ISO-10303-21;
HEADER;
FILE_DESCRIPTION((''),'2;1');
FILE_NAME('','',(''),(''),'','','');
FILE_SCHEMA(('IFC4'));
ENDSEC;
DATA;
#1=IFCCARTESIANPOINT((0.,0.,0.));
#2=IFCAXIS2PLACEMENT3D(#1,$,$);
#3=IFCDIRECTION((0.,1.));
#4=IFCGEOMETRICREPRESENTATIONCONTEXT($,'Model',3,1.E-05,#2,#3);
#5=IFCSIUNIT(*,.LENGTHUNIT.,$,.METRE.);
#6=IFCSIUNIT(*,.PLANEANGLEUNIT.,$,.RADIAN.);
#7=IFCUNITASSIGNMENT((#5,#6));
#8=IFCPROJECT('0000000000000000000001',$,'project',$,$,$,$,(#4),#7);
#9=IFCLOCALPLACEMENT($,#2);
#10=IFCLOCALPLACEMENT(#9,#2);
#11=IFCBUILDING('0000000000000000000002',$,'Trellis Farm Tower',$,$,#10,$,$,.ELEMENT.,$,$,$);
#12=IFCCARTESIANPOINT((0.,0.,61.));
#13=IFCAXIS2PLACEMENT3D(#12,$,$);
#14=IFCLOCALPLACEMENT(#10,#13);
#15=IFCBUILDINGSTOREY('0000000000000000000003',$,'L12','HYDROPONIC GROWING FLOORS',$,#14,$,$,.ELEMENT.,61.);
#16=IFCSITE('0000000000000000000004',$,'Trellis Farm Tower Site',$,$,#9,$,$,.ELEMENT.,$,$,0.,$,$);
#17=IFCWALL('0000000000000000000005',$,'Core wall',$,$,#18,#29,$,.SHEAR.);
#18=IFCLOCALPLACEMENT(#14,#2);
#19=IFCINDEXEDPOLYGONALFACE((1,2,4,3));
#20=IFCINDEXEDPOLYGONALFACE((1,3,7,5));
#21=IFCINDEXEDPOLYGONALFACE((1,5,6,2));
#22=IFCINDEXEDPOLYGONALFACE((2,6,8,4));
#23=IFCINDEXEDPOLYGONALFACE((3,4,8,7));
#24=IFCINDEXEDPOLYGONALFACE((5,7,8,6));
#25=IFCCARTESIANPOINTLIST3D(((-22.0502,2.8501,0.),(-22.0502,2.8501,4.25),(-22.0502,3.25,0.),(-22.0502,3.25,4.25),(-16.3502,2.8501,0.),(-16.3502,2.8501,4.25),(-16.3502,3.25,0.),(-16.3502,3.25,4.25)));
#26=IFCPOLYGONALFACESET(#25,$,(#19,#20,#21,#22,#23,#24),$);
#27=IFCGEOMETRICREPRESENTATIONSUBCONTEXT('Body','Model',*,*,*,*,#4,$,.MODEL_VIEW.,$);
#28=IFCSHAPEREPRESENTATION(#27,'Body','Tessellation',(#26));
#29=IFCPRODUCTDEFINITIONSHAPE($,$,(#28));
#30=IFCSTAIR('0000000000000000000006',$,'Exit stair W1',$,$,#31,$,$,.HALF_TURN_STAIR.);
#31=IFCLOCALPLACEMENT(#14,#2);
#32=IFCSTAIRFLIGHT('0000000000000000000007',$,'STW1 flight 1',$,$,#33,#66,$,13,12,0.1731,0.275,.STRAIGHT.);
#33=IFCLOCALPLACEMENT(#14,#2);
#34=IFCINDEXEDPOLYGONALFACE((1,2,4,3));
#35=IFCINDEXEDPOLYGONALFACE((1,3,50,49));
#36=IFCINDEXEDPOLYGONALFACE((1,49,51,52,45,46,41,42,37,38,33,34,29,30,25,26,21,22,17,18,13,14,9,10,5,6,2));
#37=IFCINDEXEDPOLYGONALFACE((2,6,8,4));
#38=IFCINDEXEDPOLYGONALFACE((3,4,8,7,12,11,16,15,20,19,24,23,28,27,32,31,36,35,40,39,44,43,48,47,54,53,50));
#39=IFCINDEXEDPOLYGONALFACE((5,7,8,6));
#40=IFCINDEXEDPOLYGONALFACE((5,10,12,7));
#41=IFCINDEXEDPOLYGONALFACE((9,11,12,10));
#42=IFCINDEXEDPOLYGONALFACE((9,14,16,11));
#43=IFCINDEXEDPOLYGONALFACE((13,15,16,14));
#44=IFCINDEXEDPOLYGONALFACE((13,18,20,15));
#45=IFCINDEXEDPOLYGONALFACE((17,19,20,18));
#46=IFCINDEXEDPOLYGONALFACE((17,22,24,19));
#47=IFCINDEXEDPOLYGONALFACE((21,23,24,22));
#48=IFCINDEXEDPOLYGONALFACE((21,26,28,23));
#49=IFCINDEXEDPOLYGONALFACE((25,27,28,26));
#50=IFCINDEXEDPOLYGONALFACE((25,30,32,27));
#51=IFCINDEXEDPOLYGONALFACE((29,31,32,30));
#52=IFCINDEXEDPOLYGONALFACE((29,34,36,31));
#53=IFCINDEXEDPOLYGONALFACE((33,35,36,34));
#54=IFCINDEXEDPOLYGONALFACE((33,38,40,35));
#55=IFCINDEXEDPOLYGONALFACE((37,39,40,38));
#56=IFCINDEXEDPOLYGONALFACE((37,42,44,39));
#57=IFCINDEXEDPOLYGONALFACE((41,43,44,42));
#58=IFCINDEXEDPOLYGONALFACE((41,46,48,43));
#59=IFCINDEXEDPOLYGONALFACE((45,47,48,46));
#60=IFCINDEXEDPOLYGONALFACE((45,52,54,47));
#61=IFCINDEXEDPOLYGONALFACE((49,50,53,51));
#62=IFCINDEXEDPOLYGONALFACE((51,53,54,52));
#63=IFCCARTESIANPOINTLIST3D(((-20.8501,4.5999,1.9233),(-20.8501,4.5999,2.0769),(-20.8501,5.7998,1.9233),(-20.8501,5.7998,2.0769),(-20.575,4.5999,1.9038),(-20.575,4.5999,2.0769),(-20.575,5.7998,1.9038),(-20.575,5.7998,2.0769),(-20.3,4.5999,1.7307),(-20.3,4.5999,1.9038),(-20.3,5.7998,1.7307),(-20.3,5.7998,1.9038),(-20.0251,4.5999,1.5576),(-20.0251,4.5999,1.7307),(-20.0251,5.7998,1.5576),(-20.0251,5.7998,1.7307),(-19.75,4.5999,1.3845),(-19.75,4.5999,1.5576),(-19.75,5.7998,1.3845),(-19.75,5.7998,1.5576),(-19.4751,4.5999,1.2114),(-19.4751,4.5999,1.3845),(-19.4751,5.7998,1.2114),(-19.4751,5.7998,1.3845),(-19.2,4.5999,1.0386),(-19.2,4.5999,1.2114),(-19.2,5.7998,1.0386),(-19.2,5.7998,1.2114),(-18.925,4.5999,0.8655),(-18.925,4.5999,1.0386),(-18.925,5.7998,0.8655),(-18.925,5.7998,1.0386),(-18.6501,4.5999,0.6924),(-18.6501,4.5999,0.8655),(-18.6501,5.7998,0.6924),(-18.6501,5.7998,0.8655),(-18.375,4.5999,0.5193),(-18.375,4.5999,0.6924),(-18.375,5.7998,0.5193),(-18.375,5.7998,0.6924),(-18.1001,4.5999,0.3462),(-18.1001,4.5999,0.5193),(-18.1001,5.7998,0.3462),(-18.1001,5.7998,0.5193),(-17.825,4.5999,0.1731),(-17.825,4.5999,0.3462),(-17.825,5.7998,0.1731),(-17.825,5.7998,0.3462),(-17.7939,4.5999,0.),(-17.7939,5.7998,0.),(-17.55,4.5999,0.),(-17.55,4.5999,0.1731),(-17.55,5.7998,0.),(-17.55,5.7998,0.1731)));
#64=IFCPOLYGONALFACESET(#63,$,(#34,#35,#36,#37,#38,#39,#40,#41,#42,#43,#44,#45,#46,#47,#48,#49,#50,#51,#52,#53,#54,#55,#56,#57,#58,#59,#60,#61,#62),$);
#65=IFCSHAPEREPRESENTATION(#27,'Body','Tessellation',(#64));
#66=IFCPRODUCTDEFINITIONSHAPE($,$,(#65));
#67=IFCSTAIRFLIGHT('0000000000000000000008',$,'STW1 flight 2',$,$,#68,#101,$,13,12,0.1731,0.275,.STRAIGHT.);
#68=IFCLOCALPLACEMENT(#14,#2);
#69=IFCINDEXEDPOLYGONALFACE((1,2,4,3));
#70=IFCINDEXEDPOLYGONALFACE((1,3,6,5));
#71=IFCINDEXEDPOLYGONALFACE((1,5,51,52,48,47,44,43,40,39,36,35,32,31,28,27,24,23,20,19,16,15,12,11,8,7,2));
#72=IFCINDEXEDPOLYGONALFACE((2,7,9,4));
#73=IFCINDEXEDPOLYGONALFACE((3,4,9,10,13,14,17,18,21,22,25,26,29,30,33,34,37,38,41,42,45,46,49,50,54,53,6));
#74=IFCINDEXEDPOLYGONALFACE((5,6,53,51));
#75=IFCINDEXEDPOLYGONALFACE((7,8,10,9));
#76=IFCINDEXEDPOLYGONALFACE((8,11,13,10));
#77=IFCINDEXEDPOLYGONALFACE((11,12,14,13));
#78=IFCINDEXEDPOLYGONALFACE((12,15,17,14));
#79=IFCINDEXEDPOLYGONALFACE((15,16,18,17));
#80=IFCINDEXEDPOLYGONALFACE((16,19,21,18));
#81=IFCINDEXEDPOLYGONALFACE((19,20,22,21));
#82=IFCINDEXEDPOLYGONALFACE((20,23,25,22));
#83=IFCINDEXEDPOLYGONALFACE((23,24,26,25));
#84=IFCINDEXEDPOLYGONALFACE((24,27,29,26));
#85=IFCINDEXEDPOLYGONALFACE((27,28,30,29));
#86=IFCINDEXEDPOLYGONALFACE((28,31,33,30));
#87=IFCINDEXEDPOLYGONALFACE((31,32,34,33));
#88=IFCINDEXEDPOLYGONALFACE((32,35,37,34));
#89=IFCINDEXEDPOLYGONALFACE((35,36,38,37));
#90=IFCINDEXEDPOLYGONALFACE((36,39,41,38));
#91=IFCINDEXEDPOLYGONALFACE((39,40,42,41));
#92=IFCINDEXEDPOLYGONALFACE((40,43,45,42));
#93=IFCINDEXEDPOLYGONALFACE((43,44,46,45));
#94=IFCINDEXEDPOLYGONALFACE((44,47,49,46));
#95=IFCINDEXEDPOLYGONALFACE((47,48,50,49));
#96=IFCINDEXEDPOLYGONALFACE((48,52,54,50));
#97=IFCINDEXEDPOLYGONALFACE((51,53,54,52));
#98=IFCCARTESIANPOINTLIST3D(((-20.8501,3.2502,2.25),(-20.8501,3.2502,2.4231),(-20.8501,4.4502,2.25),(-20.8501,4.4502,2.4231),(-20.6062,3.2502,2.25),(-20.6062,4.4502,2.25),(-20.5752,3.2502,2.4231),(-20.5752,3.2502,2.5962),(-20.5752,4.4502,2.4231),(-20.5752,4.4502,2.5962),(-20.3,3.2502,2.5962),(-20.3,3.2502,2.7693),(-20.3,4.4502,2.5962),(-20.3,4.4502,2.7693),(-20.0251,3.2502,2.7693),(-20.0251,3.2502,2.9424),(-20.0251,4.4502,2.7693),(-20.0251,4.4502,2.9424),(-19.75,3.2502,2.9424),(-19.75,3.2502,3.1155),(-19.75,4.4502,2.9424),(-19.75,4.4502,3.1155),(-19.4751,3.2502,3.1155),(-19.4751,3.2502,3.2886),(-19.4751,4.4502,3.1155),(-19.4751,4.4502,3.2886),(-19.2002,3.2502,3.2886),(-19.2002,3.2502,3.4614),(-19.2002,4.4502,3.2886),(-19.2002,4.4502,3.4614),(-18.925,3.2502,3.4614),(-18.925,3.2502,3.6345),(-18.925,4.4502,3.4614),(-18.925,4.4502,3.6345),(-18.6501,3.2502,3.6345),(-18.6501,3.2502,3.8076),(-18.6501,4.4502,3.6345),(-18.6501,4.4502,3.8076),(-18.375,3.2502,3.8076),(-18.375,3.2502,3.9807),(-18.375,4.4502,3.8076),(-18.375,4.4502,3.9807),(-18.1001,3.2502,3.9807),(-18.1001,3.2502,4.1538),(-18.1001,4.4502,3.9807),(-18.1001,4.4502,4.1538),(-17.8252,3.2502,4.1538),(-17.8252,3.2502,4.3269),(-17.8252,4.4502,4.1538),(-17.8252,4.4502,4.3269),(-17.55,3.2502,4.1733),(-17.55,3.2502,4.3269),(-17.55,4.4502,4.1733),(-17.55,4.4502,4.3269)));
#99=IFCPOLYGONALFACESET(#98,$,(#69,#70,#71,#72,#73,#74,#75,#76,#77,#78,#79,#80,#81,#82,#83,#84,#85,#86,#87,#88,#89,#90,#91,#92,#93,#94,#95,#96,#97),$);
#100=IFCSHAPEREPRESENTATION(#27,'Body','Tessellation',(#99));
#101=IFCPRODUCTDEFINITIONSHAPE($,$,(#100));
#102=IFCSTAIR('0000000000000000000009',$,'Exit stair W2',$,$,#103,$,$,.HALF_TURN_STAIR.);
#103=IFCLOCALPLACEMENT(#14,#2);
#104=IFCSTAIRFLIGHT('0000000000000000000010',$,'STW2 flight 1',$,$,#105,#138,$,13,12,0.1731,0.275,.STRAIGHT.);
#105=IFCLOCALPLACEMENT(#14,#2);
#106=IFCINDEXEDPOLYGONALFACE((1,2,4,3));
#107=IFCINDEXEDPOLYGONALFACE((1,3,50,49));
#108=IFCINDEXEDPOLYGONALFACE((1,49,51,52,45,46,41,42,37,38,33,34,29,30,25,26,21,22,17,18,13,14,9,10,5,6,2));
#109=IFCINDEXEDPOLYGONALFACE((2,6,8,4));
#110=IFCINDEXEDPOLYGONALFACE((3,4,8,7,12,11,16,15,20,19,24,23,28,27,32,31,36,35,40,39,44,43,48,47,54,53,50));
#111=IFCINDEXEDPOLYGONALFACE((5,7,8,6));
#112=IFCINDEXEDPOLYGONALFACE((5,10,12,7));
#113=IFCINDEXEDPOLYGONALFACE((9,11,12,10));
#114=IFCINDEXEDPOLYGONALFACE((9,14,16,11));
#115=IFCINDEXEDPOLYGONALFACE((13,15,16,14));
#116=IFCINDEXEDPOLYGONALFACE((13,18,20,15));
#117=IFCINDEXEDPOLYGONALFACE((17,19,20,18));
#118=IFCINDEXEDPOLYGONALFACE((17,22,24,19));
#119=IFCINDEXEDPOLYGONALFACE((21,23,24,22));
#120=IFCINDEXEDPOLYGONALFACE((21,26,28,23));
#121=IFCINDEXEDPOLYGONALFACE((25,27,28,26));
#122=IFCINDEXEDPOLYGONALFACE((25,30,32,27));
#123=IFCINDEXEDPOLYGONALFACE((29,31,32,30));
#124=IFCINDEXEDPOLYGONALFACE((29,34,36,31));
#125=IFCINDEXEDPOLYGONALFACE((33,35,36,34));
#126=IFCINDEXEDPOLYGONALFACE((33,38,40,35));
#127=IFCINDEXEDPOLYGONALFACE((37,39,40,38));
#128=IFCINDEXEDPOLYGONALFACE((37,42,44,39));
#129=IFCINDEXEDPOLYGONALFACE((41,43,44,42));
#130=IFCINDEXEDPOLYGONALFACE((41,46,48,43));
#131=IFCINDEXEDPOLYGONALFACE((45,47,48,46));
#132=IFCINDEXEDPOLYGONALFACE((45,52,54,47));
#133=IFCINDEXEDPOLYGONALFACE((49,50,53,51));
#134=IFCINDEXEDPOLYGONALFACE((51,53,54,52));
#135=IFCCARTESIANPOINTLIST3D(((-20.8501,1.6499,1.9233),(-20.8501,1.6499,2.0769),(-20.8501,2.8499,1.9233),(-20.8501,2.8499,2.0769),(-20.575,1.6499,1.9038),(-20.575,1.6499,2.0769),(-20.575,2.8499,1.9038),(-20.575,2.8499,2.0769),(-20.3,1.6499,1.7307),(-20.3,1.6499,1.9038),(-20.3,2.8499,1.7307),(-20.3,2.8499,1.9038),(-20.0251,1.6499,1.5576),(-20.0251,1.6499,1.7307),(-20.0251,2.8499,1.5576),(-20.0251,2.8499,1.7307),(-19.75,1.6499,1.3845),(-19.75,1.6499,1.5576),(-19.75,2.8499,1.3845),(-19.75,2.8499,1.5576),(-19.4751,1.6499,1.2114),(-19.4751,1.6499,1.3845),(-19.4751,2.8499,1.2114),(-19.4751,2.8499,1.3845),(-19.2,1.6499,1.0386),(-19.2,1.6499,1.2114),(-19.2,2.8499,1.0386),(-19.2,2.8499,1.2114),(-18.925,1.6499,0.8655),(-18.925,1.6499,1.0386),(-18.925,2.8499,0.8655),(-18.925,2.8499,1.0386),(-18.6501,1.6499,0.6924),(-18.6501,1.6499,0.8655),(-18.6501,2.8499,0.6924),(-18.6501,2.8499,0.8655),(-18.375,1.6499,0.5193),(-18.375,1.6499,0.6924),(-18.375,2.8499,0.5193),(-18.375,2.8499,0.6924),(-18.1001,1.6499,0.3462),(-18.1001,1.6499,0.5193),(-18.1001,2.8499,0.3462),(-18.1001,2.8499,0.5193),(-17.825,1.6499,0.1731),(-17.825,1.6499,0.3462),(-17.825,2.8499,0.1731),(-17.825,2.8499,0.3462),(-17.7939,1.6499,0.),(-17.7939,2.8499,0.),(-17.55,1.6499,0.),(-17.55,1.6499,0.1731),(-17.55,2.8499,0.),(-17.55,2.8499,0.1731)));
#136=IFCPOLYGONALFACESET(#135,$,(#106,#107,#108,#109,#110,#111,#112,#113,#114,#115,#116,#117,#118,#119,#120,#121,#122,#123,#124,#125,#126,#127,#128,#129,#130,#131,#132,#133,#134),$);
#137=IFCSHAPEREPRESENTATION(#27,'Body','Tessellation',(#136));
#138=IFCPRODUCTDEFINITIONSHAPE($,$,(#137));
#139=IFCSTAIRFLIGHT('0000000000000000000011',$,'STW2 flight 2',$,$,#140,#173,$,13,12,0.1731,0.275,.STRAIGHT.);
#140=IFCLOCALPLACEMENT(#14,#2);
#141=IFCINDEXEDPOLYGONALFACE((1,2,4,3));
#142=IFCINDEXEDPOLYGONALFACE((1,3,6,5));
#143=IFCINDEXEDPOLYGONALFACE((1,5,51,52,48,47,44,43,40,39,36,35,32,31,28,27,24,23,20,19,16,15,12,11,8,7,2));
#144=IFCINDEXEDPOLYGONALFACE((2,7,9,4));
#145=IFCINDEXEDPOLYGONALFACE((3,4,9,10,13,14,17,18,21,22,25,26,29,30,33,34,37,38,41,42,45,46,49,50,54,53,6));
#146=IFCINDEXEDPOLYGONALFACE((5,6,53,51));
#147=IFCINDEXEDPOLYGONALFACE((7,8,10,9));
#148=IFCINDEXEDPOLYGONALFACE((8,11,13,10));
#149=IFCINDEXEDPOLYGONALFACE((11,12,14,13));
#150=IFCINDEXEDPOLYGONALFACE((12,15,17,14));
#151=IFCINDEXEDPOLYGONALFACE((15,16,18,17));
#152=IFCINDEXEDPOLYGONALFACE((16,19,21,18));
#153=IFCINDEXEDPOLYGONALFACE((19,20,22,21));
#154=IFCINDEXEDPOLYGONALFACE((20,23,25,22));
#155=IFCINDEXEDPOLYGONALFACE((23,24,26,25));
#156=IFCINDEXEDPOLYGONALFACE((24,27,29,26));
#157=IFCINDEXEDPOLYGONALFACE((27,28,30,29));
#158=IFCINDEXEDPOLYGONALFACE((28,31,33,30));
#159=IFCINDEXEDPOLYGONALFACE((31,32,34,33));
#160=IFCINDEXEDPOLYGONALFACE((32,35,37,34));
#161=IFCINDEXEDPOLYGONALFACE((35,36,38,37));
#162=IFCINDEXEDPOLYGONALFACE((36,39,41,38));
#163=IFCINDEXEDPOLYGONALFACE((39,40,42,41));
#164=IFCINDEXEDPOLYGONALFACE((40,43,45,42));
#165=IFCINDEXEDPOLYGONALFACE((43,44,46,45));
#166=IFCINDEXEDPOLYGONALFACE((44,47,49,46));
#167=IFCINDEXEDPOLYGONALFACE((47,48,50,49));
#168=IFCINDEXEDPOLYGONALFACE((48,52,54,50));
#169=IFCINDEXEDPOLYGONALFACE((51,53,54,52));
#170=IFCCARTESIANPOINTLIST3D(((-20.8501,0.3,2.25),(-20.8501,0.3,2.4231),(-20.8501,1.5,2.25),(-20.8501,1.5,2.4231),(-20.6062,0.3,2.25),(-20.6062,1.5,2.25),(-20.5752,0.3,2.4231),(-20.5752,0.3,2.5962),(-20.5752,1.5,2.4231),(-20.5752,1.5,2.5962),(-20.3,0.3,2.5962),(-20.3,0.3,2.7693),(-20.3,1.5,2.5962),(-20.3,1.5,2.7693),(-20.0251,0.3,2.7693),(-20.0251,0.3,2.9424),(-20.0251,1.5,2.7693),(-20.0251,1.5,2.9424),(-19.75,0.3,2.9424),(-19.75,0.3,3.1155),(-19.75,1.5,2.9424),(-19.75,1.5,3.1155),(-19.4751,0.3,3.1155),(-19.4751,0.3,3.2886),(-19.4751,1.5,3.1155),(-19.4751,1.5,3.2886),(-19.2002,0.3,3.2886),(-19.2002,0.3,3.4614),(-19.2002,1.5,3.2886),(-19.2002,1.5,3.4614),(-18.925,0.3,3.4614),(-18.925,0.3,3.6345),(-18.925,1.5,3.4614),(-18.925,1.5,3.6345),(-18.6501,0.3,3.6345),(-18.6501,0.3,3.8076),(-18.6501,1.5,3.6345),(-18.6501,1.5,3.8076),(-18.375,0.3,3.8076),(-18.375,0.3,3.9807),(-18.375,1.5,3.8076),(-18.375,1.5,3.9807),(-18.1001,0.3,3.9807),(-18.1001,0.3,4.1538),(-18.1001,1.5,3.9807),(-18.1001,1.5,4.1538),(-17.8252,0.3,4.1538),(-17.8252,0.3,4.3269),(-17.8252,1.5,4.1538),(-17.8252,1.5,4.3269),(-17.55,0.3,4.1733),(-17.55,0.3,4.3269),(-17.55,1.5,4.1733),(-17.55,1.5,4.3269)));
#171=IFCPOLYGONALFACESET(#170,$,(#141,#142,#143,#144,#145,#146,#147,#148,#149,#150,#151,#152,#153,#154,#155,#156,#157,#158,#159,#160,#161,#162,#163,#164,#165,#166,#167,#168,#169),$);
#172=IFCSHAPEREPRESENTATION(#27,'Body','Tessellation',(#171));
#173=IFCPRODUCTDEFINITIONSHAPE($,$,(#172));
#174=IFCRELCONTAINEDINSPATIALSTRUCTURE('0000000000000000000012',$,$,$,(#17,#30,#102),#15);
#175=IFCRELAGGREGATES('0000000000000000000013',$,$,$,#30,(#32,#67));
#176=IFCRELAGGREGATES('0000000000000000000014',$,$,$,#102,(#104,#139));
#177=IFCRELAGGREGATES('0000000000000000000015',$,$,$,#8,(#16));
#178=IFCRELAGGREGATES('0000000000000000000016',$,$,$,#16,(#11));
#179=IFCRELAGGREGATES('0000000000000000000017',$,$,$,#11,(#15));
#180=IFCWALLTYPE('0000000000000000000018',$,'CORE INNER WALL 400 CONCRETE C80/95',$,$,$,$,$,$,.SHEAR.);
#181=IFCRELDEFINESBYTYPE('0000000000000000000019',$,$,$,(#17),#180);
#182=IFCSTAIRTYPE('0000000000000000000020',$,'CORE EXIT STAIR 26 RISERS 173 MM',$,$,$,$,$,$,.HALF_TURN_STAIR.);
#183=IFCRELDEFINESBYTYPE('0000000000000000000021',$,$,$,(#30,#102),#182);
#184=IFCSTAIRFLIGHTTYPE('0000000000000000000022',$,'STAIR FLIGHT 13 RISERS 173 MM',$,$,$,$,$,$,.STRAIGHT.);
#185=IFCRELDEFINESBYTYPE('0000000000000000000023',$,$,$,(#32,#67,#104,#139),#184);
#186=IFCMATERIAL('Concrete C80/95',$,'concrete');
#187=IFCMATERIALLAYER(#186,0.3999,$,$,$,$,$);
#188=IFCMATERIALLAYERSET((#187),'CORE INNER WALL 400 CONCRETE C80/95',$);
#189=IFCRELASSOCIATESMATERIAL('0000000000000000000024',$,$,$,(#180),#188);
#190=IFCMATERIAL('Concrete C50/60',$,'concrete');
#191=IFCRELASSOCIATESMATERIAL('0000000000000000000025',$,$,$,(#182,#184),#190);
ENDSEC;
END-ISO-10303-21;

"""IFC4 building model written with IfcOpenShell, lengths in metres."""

from ifc_helpers import new_model, si_unit, direction, frame, frame_2d, origin, place, context, subcontext, project, spatial, polyline, rectangle, outline, extrude, source, transform, mapped, material, layer, layer_set, type_object, element, aggregate, save


model = new_model("IFC4")

# Units and contexts
model_context = context("Model", 3, precision=1e-05, world=origin(), true_north=direction((0.0, 1.0)))
body_context = subcontext(model_context, "Body", "Model", "MODEL_VIEW")
ifc_project = project(units=[si_unit("LENGTHUNIT", "METRE"), si_unit("PLANEANGLEUNIT", "RADIAN")], contexts=[model_context])

# Site, building, storey
site_placement = place(None, origin())
site = spatial("IfcSite", under=ifc_project, at=site_placement, Name="Trellis Farm Tower Site", CompositionType="ELEMENT", RefElevation=0.0)
building_placement = place(site_placement, origin())
building = spatial("IfcBuilding", under=site, at=building_placement, Name="Trellis Farm Tower", CompositionType="ELEMENT")
storey_placement = place(building_placement, frame((0.0, 0.0, 61.0)))
storey = spatial("IfcBuildingStorey", under=building, at=storey_placement, Name="L12", Description="HYDROPONIC GROWING FLOORS", CompositionType="ELEMENT", Elevation=61.0)

# Shared definitions
ifc_material_1 = material(Name="Concrete C80/95", Category="concrete")

# Shared definitions
placement = place(storey_placement, origin())

# Shared definitions
ifc_layer_1 = layer(ifc_material_1, 0.3999)
ifc_layer_set_1 = layer_set([ifc_layer_1], Name="CORE INNER WALL 400 CONCRETE C80/95")
wall_type_1 = type_object("IfcWallType", Name="CORE INNER WALL 400 CONCRETE C80/95", PredefinedType="SHEAR", material=ifc_layer_set_1)

# Wall
shared_shape_1 = source(origin(), body_context, "Body", "SweptSolid", [
    extrude(rectangle(XDim=5.7, YDim=0.3999, at=frame_2d((2.8501, 0.0))), origin(), (0.0, 0.0, 1.0), 4.25),
])
wall_1_placement = place(storey_placement, frame((-16.3501, 3.05, 0.0), z_axis=(0.0, 0.0, 1.0), x_axis=(-1.0, 0.0, 0.0)))
element("IfcWall", 1, at=wall_1_placement, inside=storey, type_object=wall_type_1, Name="Core wall", PredefinedType="SHEAR", context=body_context, shape_type="MappedRepresentation", body=[
    mapped(shared_shape_1, transform((0.0, 0.0, 0.0))),
])

# Stairs, stair flights
ifc_material_2 = material(Name="Concrete C50/60", Category="concrete")
stair_type = type_object("IfcStairType", Name="CORE EXIT STAIR 26 RISERS 173 MM", PredefinedType="HALF_TURN_STAIR", material=ifc_material_2)
stair_1 = element("IfcStair", 2, at=placement, inside=storey, type_object=stair_type, Name="Exit stair W1", PredefinedType="HALF_TURN_STAIR")
stair_flight_type = type_object("IfcStairFlightType", Name="STAIR FLIGHT 13 RISERS 173 MM", PredefinedType="STRAIGHT", material=ifc_material_2)
shared_shape_2 = source(origin(), body_context, "Body", "SweptSolid", [
    extrude(outline(polyline([(0.0, 0.0), (0.0, 0.1731), (0.2749, 0.1731), (0.2749, 0.3462), (0.55, 0.3462), (0.55, 0.5193), (0.825, 0.5193), (0.825, 0.6924), (1.1001, 0.6924), (1.1001, 0.8655), (1.375, 0.8655), (1.375, 1.0386), (1.6499, 1.0386), (1.6499, 1.2114), (1.925, 1.2114), (1.925, 1.3845), (2.2, 1.3845), (2.2, 1.5576), (2.4751, 1.5576), (2.4751, 1.7307), (2.75, 1.7307), (2.75, 1.9038), (3.0249, 1.9038), (3.0249, 2.0769), (3.3, 2.0769), (3.3, 2.25), (3.3, 1.9233), (0.2439, 0.0), (0.0, 0.0)])), frame((0.0, 0.6001, 0.0), z_axis=(0.0, -1.0, 0.0), x_axis=(1.0, 0.0, 0.0)), (0.0, 0.0, 1.0), 1.2),
])
stair_flight_1_placement = place(storey_placement, frame((-17.55, 5.2, 0.0), z_axis=(0.0, 0.0, 1.0), x_axis=(-1.0, 0.0, 0.0)))
stair_flight_1 = element("IfcStairFlight", 3, at=stair_flight_1_placement, type_object=stair_flight_type, Name="STW1 flight 1", NumberOfRisers=13, NumberOfTreads=12, PredefinedType="STRAIGHT", RiserHeight=0.1731, TreadLength=0.275, context=body_context, shape_type="MappedRepresentation", body=[
    mapped(shared_shape_2, transform((0.0, 0.0, 0.0))),
])
stair_flight_2_placement = place(storey_placement, frame((-20.8501, 3.8501, 2.25), z_axis=(0.0, 0.0, 1.0), x_axis=(1.0, 0.0, 0.0)))
stair_flight_2 = element("IfcStairFlight", 4, at=stair_flight_2_placement, type_object=stair_flight_type, Name="STW1 flight 2", NumberOfRisers=13, NumberOfTreads=12, PredefinedType="STRAIGHT", RiserHeight=0.1731, TreadLength=0.275, context=body_context, shape_type="MappedRepresentation", body=[
    mapped(shared_shape_2, transform((0.0, 0.0, 0.0))),
])
aggregate(stair_1, [stair_flight_1, stair_flight_2])
stair_2 = element("IfcStair", 5, at=placement, inside=storey, type_object=stair_type, Name="Exit stair W2", PredefinedType="HALF_TURN_STAIR")
stair_flight_3_placement = place(storey_placement, frame((-17.55, 2.25, 0.0), z_axis=(0.0, 0.0, 1.0), x_axis=(-1.0, 0.0, 0.0)))
stair_flight_3 = element("IfcStairFlight", 6, at=stair_flight_3_placement, type_object=stair_flight_type, Name="STW2 flight 1", NumberOfRisers=13, NumberOfTreads=12, PredefinedType="STRAIGHT", RiserHeight=0.1731, TreadLength=0.275, context=body_context, shape_type="MappedRepresentation", body=[
    mapped(shared_shape_2, transform((0.0, 0.0, 0.0))),
])
stair_flight_4_placement = place(storey_placement, frame((-20.8501, 0.8999, 2.25), z_axis=(0.0, 0.0, 1.0), x_axis=(1.0, 0.0, 0.0)))
stair_flight_4 = element("IfcStairFlight", 7, at=stair_flight_4_placement, type_object=stair_flight_type, Name="STW2 flight 2", NumberOfRisers=13, NumberOfTreads=12, PredefinedType="STRAIGHT", RiserHeight=0.1731, TreadLength=0.275, context=body_context, shape_type="MappedRepresentation", body=[
    mapped(shared_shape_2, transform((0.0, 0.0, 0.0))),
])
aggregate(stair_2, [stair_flight_3, stair_flight_4])

save(model, "model.ifc")
